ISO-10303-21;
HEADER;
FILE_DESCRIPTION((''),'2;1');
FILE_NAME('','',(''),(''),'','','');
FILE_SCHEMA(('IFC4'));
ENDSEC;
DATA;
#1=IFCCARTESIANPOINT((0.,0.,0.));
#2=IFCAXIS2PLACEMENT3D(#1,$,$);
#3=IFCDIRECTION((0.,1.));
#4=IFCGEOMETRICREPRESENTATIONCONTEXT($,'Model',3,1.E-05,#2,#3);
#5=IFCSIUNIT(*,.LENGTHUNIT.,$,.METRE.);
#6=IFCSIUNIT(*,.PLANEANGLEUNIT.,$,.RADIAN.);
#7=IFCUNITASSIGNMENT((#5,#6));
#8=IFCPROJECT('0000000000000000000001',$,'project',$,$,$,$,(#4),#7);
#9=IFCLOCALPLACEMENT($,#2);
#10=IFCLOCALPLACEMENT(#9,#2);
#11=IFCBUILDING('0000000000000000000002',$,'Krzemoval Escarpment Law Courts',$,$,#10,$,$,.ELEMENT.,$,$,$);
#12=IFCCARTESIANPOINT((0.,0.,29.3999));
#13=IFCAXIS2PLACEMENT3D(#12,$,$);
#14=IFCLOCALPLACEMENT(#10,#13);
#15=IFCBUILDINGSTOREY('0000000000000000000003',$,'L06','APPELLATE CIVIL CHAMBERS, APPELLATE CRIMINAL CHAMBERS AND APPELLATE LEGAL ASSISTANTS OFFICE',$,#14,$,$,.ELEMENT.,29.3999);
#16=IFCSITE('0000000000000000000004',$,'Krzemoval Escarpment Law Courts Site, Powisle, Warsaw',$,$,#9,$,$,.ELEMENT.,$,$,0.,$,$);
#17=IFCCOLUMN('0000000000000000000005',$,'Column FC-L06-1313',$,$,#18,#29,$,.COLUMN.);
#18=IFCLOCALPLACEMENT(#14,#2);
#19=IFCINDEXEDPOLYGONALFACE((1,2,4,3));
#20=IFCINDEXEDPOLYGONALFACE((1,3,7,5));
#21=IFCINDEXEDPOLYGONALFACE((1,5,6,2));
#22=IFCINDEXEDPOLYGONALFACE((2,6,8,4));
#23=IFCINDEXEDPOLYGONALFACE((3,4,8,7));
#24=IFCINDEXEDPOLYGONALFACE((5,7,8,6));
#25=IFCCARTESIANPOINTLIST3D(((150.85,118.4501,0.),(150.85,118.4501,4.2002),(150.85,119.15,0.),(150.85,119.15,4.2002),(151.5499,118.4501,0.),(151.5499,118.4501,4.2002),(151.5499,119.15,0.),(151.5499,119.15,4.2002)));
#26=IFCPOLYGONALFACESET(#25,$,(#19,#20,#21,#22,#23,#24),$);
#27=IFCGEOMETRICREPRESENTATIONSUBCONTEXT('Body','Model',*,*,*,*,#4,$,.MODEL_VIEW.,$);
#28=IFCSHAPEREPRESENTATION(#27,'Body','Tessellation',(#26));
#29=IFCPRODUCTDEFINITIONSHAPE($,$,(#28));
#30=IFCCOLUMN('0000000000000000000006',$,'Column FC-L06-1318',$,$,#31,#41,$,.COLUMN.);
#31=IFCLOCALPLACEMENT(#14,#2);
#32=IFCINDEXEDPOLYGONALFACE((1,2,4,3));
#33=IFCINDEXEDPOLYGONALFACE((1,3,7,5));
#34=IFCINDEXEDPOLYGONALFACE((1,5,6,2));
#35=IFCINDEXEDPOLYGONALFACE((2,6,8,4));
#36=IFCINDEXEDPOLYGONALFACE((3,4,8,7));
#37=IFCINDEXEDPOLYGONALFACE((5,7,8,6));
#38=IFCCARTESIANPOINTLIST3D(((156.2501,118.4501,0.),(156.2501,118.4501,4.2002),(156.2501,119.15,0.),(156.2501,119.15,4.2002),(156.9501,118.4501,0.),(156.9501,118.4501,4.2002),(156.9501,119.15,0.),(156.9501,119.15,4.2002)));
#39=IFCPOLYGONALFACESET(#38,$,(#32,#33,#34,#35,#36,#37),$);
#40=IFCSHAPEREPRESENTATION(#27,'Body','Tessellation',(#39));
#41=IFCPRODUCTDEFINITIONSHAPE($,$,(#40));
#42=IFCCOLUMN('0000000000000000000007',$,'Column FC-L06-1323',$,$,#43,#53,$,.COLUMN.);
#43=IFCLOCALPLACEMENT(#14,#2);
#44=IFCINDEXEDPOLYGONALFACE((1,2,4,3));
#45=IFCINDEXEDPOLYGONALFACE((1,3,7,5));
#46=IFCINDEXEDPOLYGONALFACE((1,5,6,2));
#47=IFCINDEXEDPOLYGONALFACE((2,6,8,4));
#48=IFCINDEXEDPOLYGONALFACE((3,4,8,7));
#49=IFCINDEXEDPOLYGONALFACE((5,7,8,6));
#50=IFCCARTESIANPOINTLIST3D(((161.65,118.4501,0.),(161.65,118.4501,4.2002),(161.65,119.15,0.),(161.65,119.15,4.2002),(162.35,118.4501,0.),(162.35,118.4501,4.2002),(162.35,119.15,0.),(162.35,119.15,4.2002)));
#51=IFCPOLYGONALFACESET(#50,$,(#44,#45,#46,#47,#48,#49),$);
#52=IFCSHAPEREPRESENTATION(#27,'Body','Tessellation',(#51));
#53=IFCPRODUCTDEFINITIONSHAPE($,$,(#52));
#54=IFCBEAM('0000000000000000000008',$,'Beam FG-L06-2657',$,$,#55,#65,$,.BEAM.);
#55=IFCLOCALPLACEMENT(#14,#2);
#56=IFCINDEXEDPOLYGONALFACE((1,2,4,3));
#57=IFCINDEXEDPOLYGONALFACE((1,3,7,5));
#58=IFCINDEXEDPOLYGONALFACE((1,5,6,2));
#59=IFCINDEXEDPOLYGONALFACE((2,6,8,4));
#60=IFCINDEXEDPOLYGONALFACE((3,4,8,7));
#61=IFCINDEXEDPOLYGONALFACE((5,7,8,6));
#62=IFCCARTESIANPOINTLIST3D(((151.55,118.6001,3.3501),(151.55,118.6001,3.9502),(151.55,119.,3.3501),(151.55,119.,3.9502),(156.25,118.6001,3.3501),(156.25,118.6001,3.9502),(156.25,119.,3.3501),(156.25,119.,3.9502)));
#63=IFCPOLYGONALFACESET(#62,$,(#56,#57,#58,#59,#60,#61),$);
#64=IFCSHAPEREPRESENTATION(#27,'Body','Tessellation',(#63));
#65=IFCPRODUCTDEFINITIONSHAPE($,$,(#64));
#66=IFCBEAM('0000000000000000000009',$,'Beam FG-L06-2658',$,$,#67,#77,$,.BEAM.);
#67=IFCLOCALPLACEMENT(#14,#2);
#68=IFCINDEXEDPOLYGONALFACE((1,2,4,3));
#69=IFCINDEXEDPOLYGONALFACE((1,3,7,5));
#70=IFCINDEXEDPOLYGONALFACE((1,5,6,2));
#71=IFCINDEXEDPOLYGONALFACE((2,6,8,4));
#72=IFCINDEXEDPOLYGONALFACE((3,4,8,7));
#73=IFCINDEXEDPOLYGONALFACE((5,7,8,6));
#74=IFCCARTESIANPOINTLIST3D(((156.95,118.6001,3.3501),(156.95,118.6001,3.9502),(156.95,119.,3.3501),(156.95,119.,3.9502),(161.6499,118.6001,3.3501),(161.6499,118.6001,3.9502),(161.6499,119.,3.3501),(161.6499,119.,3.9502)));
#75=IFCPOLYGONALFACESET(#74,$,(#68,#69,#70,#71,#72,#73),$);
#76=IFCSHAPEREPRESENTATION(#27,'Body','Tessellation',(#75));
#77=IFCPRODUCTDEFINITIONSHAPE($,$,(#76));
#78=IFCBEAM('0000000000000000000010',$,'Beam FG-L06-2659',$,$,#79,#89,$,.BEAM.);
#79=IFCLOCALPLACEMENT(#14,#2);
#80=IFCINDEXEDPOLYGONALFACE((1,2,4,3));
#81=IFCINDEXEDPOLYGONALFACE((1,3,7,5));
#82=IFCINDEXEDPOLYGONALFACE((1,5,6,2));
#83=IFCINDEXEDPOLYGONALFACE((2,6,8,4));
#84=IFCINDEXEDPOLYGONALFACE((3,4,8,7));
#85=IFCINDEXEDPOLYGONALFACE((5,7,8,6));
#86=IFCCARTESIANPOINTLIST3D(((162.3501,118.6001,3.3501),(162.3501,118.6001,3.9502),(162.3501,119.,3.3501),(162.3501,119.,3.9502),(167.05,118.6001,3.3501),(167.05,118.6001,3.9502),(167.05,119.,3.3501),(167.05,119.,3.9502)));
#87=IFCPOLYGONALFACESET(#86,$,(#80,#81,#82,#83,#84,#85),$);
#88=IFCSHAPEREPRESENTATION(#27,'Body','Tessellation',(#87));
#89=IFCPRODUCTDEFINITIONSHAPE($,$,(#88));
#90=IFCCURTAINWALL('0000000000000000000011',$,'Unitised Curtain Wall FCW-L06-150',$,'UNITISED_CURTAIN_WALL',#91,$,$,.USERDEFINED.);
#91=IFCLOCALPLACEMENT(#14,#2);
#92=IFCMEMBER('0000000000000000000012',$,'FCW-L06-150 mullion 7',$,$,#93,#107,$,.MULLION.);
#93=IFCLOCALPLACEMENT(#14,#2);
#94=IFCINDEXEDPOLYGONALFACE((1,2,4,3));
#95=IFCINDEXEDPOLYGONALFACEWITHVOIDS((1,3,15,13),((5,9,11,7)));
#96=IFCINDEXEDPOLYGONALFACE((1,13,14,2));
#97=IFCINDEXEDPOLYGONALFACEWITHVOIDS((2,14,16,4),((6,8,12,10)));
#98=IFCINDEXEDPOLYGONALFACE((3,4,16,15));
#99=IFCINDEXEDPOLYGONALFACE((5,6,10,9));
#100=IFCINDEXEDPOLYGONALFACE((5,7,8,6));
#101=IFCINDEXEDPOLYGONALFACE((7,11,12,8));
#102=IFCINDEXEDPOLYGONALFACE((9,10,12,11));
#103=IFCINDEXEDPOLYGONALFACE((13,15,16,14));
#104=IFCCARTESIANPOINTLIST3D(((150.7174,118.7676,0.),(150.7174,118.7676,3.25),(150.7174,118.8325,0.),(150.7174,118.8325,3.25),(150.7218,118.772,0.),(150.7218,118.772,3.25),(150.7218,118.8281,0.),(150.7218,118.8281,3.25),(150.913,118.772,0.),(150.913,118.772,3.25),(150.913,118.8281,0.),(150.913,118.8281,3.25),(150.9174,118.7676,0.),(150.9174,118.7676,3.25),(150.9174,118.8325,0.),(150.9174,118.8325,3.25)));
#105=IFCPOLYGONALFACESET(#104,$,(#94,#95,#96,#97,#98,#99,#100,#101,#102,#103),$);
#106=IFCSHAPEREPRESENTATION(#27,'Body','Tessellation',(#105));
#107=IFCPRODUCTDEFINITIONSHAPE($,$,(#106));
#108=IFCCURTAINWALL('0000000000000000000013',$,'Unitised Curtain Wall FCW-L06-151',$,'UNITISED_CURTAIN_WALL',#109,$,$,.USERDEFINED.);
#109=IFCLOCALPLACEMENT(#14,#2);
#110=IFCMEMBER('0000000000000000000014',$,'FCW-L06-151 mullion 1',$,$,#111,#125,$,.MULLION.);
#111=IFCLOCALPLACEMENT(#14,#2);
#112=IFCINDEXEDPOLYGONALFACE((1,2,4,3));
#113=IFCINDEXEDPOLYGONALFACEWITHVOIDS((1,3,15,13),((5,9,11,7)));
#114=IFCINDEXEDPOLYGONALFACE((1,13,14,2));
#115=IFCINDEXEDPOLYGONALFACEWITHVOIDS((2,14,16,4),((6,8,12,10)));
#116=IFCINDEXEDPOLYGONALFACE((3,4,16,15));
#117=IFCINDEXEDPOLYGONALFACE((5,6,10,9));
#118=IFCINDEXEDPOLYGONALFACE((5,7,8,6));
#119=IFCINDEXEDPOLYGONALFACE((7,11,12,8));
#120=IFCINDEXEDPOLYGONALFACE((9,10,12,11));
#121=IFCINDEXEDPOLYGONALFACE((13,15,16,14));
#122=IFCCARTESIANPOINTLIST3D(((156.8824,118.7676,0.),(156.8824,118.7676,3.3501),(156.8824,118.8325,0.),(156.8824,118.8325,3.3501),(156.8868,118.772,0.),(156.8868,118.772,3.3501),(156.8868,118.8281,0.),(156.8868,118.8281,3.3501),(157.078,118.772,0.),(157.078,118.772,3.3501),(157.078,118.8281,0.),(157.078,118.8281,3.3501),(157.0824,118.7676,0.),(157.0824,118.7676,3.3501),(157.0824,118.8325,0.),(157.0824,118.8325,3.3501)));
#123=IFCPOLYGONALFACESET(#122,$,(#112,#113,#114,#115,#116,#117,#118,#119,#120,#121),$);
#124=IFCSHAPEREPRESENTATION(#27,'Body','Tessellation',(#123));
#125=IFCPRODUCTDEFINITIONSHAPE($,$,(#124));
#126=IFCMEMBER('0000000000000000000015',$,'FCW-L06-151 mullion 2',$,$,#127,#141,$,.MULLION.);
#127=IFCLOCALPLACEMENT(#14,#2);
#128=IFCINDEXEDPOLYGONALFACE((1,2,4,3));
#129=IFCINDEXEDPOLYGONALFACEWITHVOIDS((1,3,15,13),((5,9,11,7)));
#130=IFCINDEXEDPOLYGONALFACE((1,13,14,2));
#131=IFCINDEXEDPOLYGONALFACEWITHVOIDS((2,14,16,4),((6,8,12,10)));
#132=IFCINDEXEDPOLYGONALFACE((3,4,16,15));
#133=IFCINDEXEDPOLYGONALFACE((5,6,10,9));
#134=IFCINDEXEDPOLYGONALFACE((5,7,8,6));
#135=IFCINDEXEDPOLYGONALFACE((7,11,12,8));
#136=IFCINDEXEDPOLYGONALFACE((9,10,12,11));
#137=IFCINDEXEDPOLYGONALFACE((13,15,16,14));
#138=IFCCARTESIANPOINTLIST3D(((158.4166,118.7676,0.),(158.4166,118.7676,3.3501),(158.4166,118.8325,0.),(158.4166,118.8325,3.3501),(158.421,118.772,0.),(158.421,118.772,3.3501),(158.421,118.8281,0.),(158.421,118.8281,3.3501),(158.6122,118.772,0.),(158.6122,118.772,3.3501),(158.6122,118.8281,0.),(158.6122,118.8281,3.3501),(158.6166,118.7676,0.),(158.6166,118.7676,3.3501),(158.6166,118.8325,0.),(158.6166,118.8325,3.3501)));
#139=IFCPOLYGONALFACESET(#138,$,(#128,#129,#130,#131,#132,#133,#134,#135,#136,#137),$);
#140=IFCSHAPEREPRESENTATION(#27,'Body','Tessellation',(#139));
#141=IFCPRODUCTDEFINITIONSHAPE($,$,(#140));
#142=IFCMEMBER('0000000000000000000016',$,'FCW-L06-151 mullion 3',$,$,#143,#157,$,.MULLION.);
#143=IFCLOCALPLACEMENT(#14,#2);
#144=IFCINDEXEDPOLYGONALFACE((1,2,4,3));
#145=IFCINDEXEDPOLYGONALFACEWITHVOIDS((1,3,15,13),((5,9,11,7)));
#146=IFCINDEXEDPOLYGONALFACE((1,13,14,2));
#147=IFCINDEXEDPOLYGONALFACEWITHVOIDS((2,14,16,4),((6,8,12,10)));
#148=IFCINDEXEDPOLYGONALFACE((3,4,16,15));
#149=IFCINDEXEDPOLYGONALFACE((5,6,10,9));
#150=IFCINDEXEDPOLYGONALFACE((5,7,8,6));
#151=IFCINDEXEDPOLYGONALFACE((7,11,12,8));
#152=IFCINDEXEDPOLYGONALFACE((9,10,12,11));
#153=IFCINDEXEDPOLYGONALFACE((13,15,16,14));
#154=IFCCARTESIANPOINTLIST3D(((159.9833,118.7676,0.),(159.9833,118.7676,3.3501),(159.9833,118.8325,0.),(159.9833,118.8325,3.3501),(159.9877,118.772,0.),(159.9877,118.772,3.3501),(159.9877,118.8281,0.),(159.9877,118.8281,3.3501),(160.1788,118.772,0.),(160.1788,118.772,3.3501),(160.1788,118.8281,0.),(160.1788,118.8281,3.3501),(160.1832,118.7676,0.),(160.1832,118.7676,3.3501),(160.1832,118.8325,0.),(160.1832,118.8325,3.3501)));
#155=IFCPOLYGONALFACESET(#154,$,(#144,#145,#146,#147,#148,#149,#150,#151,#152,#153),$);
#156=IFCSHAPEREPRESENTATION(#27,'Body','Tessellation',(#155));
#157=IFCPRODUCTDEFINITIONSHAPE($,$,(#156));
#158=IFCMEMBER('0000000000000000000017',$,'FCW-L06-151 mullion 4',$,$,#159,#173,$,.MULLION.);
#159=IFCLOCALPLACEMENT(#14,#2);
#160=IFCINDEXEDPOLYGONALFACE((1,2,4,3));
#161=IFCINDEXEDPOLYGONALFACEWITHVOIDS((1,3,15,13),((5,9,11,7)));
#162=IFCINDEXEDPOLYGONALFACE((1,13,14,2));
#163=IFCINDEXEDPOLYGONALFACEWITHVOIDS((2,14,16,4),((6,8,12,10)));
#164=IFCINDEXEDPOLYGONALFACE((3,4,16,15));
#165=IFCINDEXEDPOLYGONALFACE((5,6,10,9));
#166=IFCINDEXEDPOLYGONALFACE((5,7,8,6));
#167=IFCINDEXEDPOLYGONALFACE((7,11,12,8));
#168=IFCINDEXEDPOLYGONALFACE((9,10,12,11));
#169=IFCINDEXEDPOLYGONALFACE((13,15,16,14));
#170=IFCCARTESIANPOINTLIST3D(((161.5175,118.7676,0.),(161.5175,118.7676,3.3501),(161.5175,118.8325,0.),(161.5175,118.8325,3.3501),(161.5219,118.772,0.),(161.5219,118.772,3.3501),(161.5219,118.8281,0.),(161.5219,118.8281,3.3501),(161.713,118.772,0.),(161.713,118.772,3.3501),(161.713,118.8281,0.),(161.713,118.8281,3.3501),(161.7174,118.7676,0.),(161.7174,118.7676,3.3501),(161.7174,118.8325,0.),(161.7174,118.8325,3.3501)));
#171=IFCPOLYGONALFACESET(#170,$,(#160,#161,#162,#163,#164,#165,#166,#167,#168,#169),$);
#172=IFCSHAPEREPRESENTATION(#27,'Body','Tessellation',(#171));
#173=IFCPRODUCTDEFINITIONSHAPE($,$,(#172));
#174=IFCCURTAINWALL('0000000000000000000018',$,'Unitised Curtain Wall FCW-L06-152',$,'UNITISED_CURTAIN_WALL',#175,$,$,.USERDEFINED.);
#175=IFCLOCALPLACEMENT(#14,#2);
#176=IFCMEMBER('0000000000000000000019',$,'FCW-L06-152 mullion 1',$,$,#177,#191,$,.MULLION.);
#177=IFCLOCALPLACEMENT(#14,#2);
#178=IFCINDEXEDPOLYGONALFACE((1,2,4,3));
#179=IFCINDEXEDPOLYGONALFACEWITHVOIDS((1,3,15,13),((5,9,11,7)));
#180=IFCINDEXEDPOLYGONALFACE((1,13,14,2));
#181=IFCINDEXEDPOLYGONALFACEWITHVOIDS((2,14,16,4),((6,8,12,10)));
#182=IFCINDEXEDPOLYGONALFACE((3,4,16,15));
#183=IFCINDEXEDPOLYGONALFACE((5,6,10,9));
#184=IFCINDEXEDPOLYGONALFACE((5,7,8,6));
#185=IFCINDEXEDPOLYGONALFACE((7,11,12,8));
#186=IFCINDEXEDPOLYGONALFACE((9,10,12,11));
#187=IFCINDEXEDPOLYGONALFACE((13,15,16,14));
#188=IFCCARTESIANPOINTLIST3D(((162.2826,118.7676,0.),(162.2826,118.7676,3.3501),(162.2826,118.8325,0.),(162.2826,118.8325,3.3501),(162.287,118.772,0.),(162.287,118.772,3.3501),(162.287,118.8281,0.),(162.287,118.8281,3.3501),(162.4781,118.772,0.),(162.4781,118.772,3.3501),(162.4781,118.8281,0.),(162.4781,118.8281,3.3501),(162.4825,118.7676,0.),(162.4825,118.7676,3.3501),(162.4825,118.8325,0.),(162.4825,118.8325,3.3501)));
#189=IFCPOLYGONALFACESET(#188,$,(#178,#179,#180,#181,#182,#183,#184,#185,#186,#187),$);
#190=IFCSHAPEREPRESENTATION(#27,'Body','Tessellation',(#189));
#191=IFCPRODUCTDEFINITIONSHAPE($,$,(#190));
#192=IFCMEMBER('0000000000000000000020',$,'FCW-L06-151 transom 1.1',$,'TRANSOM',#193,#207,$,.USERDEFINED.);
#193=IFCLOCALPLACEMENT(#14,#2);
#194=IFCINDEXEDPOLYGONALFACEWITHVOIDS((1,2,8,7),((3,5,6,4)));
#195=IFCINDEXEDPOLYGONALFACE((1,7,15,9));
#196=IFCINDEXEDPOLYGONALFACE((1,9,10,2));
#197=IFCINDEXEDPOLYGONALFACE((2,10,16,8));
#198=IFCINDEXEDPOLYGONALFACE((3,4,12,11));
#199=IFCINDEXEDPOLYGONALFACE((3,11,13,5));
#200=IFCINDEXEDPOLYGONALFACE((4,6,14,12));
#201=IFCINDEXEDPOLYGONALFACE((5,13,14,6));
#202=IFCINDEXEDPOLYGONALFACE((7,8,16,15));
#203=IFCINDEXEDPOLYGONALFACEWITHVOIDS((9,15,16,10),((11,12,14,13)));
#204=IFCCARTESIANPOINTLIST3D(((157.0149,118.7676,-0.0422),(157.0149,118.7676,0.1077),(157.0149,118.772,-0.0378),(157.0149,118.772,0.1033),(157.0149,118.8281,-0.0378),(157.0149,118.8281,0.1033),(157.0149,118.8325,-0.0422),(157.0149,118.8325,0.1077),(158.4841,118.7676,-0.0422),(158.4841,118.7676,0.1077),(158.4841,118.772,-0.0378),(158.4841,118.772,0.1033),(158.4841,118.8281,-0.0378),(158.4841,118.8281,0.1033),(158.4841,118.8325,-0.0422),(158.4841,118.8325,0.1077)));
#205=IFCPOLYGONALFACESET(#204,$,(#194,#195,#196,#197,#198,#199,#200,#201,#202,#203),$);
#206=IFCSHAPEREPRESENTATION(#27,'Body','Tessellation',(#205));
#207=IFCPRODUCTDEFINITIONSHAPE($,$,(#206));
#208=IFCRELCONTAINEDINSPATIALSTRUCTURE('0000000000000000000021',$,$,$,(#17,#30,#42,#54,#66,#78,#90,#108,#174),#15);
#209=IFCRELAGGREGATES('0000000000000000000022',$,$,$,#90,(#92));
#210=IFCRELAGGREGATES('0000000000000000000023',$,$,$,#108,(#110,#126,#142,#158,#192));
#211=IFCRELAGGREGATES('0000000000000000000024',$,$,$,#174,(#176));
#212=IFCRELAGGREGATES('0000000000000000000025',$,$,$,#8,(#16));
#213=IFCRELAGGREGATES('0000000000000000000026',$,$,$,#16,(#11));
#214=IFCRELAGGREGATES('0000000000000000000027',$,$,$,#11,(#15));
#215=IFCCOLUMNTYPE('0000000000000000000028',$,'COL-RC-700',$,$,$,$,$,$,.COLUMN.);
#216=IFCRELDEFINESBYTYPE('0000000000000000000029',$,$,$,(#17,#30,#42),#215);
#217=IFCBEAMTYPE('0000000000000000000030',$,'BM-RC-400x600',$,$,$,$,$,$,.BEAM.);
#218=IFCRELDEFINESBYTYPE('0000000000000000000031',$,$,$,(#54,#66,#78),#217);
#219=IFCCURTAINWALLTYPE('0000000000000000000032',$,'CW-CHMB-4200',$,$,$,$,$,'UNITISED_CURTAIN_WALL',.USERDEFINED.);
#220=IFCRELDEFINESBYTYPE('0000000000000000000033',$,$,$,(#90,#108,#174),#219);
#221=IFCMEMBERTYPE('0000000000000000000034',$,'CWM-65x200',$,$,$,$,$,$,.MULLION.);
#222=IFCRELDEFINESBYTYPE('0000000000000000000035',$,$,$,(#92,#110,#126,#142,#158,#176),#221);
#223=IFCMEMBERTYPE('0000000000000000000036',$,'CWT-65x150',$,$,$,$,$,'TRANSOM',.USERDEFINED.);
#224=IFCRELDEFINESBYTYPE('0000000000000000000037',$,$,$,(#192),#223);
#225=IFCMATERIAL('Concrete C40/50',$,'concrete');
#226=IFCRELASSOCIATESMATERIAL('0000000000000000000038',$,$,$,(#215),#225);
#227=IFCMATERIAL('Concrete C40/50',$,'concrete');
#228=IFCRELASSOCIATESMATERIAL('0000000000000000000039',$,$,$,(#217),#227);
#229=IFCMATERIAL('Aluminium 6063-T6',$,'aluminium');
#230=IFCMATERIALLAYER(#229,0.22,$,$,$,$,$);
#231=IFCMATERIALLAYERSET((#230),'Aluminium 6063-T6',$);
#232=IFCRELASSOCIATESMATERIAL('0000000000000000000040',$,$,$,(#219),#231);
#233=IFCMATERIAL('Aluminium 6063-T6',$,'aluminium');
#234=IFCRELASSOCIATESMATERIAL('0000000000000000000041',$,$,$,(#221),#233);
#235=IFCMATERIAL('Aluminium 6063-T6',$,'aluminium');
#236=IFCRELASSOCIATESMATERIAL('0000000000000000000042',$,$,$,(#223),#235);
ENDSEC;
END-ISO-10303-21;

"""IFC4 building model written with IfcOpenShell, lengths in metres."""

from ifc_helpers import new_model, si_unit, direction, frame, origin, origin_2d, place, context, subcontext, project, spatial, rectangle, hollow_rectangle, extrude, material, layer, layer_set, material_profile, profile_set, type_object, element, aggregate, save


model = new_model("IFC4")

# Units and contexts
model_context = context("Model", 3, precision=1e-05, world=origin(), true_north=direction((0.0, 1.0)))
body_context = subcontext(model_context, "Body", "Model", "MODEL_VIEW")
ifc_project = project(units=[si_unit("LENGTHUNIT", "METRE"), si_unit("PLANEANGLEUNIT", "RADIAN")], contexts=[model_context])

# Site, building, storey
site_placement = place(None, origin())
site = spatial("IfcSite", under=ifc_project, at=site_placement, Name="Krzemoval Escarpment Law Courts Site, Powisle, Warsaw", CompositionType="ELEMENT", RefElevation=0.0)
building_placement = place(site_placement, origin())
building = spatial("IfcBuilding", under=site, at=building_placement, Name="Krzemoval Escarpment Law Courts", CompositionType="ELEMENT")
storey_placement = place(building_placement, frame((0.0, 0.0, 29.3999)))
storey = spatial("IfcBuildingStorey", under=building, at=storey_placement, Name="L06", Description="APPELLATE CIVIL CHAMBERS, APPELLATE CRIMINAL CHAMBERS AND APPELLATE LEGAL ASSISTANTS OFFICE", CompositionType="ELEMENT", Elevation=29.3999)

# Columns
ifc_material_1 = material(Name="Concrete C40/50", Category="concrete")
ifc_material_profile_1 = material_profile(ifc_material_1, rectangle(XDim=0.7, YDim=0.7, at=origin_2d()), Name="RC 700x700")
ifc_profile_set_1 = profile_set([ifc_material_profile_1], Name="Concrete C40/50")
column_type = type_object("IfcColumnType", Name="COL-RC-700", PredefinedType="COLUMN", material=ifc_profile_set_1)
for number, where, z_axis, x_axis, name in (
    (1, (151.2, 118.8, 0.0), (0.0, 0.0, 1.0), (1.0, 0.0, 0.0), "Column FC-L06-1313"),
    (2, (156.6001, 118.8, 0.0), (0.0, 0.0, 1.0), (1.0, 0.0, 0.0), "Column FC-L06-1318"),
    (3, (162.0, 118.8, 0.0), (0.0, 0.0, 1.0), (1.0, 0.0, 0.0), "Column FC-L06-1323"),
):
    element("IfcColumn", number, at=place(storey_placement, frame(where, z_axis=z_axis, x_axis=x_axis)), inside=storey, type_object=column_type, Name=name, PredefinedType="COLUMN", context=body_context, shape_type="SweptSolid", body=[
        extrude(rectangle(XDim=0.7, YDim=0.7, at=origin_2d()), origin(), (0.0, 0.0, 1.0), 4.2002),
    ])

# Beams
ifc_material_2 = material(Name="Concrete C40/50", Category="concrete")
ifc_material_profile_2 = material_profile(ifc_material_2, rectangle(XDim=0.3999, YDim=0.6001, at=origin_2d()), Name="RCB 400x600")
ifc_profile_set_2 = profile_set([ifc_material_profile_2], Name="Concrete C40/50")
beam_type = type_object("IfcBeamType", Name="BM-RC-400x600", PredefinedType="BEAM", material=ifc_profile_set_2)
for number, where, z_axis, x_axis, name in (
    (4, (151.55, 118.8, 3.6501), (1.0, 0.0, 0.0), (0.0, 1.0, 0.0), "Beam FG-L06-2657"),
    (5, (156.95, 118.8, 3.6501), (1.0, 0.0, 0.0), (0.0, 1.0, 0.0), "Beam FG-L06-2658"),
    (6, (162.3501, 118.8, 3.6501), (1.0, 0.0, 0.0), (0.0, 1.0, 0.0), "Beam FG-L06-2659"),
):
    element("IfcBeam", number, at=place(storey_placement, frame(where, z_axis=z_axis, x_axis=x_axis)), inside=storey, type_object=beam_type, Name=name, PredefinedType="BEAM", context=body_context, shape_type="SweptSolid", body=[
        extrude(rectangle(XDim=0.3999, YDim=0.6001, at=origin_2d()), origin(), (0.0, 0.0, 1.0), 4.7),
    ])

# Curtain wall, member
ifc_material_3 = material(Name="Aluminium 6063-T6", Category="aluminium")
ifc_layer_1 = layer(ifc_material_3, 0.22)
ifc_layer_set_1 = layer_set([ifc_layer_1], Name="Aluminium 6063-T6")
curtain_wall_type = type_object("IfcCurtainWallType", Name="CW-CHMB-4200", ElementType="UNITISED_CURTAIN_WALL", PredefinedType="USERDEFINED", material=ifc_layer_set_1)
curtain_wall_1_placement = place(storey_placement, origin())
curtain_wall_1 = element("IfcCurtainWall", 7, at=curtain_wall_1_placement, inside=storey, type_object=curtain_wall_type, Name="Unitised Curtain Wall FCW-L06-150", ObjectType="UNITISED_CURTAIN_WALL", PredefinedType="USERDEFINED")
ifc_material_4 = material(Name="Aluminium 6063-T6", Category="aluminium")
ifc_material_profile_3 = material_profile(ifc_material_4, hollow_rectangle(XDim=0.0649, YDim=0.2, WallThickness=0.0044, at=origin_2d()), Name="ALU M65x200")
ifc_profile_set_3 = profile_set([ifc_material_profile_3], Name="Aluminium 6063-T6")
member_type_1 = type_object("IfcMemberType", Name="CWM-65x200", PredefinedType="MULLION", material=ifc_profile_set_3)
member_1_placement = place(storey_placement, frame((150.8174, 118.8, 0.0), z_axis=(0.0, 0.0, 1.0), x_axis=(0.0, 1.0, 0.0)))
member_1 = element("IfcMember", 8, at=member_1_placement, type_object=member_type_1, Name="FCW-L06-150 mullion 7", PredefinedType="MULLION", context=body_context, shape_type="SweptSolid", body=[
    extrude(hollow_rectangle(XDim=0.0649, YDim=0.2, WallThickness=0.0044, at=origin_2d()), origin(), (0.0, 0.0, 1.0), 3.25),
])
aggregate(curtain_wall_1, [member_1])

# Curtain wall, members
curtain_wall_2_placement = place(storey_placement, origin())
curtain_wall_2 = element("IfcCurtainWall", 9, at=curtain_wall_2_placement, inside=storey, type_object=curtain_wall_type, Name="Unitised Curtain Wall FCW-L06-151", ObjectType="UNITISED_CURTAIN_WALL", PredefinedType="USERDEFINED")
member_2_placement = place(storey_placement, frame((156.9824, 118.8, 0.0), z_axis=(0.0, 0.0, 1.0), x_axis=(0.0, 1.0, 0.0)))
member_2 = element("IfcMember", 10, at=member_2_placement, type_object=member_type_1, Name="FCW-L06-151 mullion 1", PredefinedType="MULLION", context=body_context, shape_type="SweptSolid", body=[
    extrude(hollow_rectangle(XDim=0.0649, YDim=0.2, WallThickness=0.0044, at=origin_2d()), origin(), (0.0, 0.0, 1.0), 3.3501),
])
member_3_placement = place(storey_placement, frame((158.5166, 118.8, 0.0), z_axis=(0.0, 0.0, 1.0), x_axis=(0.0, 1.0, 0.0)))
member_3 = element("IfcMember", 11, at=member_3_placement, type_object=member_type_1, Name="FCW-L06-151 mullion 2", PredefinedType="MULLION", context=body_context, shape_type="SweptSolid", body=[
    extrude(hollow_rectangle(XDim=0.0649, YDim=0.2, WallThickness=0.0044, at=origin_2d()), origin(), (0.0, 0.0, 1.0), 3.3501),
])
member_4_placement = place(storey_placement, frame((160.0833, 118.8, 0.0), z_axis=(0.0, 0.0, 1.0), x_axis=(0.0, 1.0, 0.0)))
member_4 = element("IfcMember", 12, at=member_4_placement, type_object=member_type_1, Name="FCW-L06-151 mullion 3", PredefinedType="MULLION", context=body_context, shape_type="SweptSolid", body=[
    extrude(hollow_rectangle(XDim=0.0649, YDim=0.2, WallThickness=0.0044, at=origin_2d()), origin(), (0.0, 0.0, 1.0), 3.3501),
])
member_5_placement = place(storey_placement, frame((161.6174, 118.8, 0.0), z_axis=(0.0, 0.0, 1.0), x_axis=(0.0, 1.0, 0.0)))
member_5 = element("IfcMember", 13, at=member_5_placement, type_object=member_type_1, Name="FCW-L06-151 mullion 4", PredefinedType="MULLION", context=body_context, shape_type="SweptSolid", body=[
    extrude(hollow_rectangle(XDim=0.0649, YDim=0.2, WallThickness=0.0044, at=origin_2d()), origin(), (0.0, 0.0, 1.0), 3.3501),
])

# Curtain wall, member
curtain_wall_3_placement = place(storey_placement, origin())
curtain_wall_3 = element("IfcCurtainWall", 14, at=curtain_wall_3_placement, inside=storey, type_object=curtain_wall_type, Name="Unitised Curtain Wall FCW-L06-152", ObjectType="UNITISED_CURTAIN_WALL", PredefinedType="USERDEFINED")
member_6_placement = place(storey_placement, frame((162.3826, 118.8, 0.0), z_axis=(0.0, 0.0, 1.0), x_axis=(0.0, 1.0, 0.0)))
member_6 = element("IfcMember", 15, at=member_6_placement, type_object=member_type_1, Name="FCW-L06-152 mullion 1", PredefinedType="MULLION", context=body_context, shape_type="SweptSolid", body=[
    extrude(hollow_rectangle(XDim=0.0649, YDim=0.2, WallThickness=0.0044, at=origin_2d()), origin(), (0.0, 0.0, 1.0), 3.3501),
])

# Member
ifc_material_5 = material(Name="Aluminium 6063-T6", Category="aluminium")
ifc_material_profile_4 = material_profile(ifc_material_5, hollow_rectangle(XDim=0.0649, YDim=0.1499, WallThickness=0.0044, at=origin_2d()), Name="ALU T65x150")
ifc_profile_set_4 = profile_set([ifc_material_profile_4], Name="Aluminium 6063-T6")
member_type_2 = type_object("IfcMemberType", Name="CWT-65x150", ElementType="TRANSOM", PredefinedType="USERDEFINED", material=ifc_profile_set_4)
member_7_placement = place(storey_placement, frame((157.0149, 118.8, 0.0327), z_axis=(1.0, 0.0, 0.0), x_axis=(0.0, 1.0, 0.0)))
member_7 = element("IfcMember", 16, at=member_7_placement, type_object=member_type_2, Name="FCW-L06-151 transom 1.1", ObjectType="TRANSOM", PredefinedType="USERDEFINED", context=body_context, shape_type="SweptSolid", body=[
    extrude(hollow_rectangle(XDim=0.0649, YDim=0.1499, WallThickness=0.0044, at=origin_2d()), origin(), (0.0, 0.0, 1.0), 1.4692),
])

aggregate(curtain_wall_2, [member_2, member_3, member_4, member_5, member_7])
aggregate(curtain_wall_3, [member_6])

save(model, "model.ifc")
